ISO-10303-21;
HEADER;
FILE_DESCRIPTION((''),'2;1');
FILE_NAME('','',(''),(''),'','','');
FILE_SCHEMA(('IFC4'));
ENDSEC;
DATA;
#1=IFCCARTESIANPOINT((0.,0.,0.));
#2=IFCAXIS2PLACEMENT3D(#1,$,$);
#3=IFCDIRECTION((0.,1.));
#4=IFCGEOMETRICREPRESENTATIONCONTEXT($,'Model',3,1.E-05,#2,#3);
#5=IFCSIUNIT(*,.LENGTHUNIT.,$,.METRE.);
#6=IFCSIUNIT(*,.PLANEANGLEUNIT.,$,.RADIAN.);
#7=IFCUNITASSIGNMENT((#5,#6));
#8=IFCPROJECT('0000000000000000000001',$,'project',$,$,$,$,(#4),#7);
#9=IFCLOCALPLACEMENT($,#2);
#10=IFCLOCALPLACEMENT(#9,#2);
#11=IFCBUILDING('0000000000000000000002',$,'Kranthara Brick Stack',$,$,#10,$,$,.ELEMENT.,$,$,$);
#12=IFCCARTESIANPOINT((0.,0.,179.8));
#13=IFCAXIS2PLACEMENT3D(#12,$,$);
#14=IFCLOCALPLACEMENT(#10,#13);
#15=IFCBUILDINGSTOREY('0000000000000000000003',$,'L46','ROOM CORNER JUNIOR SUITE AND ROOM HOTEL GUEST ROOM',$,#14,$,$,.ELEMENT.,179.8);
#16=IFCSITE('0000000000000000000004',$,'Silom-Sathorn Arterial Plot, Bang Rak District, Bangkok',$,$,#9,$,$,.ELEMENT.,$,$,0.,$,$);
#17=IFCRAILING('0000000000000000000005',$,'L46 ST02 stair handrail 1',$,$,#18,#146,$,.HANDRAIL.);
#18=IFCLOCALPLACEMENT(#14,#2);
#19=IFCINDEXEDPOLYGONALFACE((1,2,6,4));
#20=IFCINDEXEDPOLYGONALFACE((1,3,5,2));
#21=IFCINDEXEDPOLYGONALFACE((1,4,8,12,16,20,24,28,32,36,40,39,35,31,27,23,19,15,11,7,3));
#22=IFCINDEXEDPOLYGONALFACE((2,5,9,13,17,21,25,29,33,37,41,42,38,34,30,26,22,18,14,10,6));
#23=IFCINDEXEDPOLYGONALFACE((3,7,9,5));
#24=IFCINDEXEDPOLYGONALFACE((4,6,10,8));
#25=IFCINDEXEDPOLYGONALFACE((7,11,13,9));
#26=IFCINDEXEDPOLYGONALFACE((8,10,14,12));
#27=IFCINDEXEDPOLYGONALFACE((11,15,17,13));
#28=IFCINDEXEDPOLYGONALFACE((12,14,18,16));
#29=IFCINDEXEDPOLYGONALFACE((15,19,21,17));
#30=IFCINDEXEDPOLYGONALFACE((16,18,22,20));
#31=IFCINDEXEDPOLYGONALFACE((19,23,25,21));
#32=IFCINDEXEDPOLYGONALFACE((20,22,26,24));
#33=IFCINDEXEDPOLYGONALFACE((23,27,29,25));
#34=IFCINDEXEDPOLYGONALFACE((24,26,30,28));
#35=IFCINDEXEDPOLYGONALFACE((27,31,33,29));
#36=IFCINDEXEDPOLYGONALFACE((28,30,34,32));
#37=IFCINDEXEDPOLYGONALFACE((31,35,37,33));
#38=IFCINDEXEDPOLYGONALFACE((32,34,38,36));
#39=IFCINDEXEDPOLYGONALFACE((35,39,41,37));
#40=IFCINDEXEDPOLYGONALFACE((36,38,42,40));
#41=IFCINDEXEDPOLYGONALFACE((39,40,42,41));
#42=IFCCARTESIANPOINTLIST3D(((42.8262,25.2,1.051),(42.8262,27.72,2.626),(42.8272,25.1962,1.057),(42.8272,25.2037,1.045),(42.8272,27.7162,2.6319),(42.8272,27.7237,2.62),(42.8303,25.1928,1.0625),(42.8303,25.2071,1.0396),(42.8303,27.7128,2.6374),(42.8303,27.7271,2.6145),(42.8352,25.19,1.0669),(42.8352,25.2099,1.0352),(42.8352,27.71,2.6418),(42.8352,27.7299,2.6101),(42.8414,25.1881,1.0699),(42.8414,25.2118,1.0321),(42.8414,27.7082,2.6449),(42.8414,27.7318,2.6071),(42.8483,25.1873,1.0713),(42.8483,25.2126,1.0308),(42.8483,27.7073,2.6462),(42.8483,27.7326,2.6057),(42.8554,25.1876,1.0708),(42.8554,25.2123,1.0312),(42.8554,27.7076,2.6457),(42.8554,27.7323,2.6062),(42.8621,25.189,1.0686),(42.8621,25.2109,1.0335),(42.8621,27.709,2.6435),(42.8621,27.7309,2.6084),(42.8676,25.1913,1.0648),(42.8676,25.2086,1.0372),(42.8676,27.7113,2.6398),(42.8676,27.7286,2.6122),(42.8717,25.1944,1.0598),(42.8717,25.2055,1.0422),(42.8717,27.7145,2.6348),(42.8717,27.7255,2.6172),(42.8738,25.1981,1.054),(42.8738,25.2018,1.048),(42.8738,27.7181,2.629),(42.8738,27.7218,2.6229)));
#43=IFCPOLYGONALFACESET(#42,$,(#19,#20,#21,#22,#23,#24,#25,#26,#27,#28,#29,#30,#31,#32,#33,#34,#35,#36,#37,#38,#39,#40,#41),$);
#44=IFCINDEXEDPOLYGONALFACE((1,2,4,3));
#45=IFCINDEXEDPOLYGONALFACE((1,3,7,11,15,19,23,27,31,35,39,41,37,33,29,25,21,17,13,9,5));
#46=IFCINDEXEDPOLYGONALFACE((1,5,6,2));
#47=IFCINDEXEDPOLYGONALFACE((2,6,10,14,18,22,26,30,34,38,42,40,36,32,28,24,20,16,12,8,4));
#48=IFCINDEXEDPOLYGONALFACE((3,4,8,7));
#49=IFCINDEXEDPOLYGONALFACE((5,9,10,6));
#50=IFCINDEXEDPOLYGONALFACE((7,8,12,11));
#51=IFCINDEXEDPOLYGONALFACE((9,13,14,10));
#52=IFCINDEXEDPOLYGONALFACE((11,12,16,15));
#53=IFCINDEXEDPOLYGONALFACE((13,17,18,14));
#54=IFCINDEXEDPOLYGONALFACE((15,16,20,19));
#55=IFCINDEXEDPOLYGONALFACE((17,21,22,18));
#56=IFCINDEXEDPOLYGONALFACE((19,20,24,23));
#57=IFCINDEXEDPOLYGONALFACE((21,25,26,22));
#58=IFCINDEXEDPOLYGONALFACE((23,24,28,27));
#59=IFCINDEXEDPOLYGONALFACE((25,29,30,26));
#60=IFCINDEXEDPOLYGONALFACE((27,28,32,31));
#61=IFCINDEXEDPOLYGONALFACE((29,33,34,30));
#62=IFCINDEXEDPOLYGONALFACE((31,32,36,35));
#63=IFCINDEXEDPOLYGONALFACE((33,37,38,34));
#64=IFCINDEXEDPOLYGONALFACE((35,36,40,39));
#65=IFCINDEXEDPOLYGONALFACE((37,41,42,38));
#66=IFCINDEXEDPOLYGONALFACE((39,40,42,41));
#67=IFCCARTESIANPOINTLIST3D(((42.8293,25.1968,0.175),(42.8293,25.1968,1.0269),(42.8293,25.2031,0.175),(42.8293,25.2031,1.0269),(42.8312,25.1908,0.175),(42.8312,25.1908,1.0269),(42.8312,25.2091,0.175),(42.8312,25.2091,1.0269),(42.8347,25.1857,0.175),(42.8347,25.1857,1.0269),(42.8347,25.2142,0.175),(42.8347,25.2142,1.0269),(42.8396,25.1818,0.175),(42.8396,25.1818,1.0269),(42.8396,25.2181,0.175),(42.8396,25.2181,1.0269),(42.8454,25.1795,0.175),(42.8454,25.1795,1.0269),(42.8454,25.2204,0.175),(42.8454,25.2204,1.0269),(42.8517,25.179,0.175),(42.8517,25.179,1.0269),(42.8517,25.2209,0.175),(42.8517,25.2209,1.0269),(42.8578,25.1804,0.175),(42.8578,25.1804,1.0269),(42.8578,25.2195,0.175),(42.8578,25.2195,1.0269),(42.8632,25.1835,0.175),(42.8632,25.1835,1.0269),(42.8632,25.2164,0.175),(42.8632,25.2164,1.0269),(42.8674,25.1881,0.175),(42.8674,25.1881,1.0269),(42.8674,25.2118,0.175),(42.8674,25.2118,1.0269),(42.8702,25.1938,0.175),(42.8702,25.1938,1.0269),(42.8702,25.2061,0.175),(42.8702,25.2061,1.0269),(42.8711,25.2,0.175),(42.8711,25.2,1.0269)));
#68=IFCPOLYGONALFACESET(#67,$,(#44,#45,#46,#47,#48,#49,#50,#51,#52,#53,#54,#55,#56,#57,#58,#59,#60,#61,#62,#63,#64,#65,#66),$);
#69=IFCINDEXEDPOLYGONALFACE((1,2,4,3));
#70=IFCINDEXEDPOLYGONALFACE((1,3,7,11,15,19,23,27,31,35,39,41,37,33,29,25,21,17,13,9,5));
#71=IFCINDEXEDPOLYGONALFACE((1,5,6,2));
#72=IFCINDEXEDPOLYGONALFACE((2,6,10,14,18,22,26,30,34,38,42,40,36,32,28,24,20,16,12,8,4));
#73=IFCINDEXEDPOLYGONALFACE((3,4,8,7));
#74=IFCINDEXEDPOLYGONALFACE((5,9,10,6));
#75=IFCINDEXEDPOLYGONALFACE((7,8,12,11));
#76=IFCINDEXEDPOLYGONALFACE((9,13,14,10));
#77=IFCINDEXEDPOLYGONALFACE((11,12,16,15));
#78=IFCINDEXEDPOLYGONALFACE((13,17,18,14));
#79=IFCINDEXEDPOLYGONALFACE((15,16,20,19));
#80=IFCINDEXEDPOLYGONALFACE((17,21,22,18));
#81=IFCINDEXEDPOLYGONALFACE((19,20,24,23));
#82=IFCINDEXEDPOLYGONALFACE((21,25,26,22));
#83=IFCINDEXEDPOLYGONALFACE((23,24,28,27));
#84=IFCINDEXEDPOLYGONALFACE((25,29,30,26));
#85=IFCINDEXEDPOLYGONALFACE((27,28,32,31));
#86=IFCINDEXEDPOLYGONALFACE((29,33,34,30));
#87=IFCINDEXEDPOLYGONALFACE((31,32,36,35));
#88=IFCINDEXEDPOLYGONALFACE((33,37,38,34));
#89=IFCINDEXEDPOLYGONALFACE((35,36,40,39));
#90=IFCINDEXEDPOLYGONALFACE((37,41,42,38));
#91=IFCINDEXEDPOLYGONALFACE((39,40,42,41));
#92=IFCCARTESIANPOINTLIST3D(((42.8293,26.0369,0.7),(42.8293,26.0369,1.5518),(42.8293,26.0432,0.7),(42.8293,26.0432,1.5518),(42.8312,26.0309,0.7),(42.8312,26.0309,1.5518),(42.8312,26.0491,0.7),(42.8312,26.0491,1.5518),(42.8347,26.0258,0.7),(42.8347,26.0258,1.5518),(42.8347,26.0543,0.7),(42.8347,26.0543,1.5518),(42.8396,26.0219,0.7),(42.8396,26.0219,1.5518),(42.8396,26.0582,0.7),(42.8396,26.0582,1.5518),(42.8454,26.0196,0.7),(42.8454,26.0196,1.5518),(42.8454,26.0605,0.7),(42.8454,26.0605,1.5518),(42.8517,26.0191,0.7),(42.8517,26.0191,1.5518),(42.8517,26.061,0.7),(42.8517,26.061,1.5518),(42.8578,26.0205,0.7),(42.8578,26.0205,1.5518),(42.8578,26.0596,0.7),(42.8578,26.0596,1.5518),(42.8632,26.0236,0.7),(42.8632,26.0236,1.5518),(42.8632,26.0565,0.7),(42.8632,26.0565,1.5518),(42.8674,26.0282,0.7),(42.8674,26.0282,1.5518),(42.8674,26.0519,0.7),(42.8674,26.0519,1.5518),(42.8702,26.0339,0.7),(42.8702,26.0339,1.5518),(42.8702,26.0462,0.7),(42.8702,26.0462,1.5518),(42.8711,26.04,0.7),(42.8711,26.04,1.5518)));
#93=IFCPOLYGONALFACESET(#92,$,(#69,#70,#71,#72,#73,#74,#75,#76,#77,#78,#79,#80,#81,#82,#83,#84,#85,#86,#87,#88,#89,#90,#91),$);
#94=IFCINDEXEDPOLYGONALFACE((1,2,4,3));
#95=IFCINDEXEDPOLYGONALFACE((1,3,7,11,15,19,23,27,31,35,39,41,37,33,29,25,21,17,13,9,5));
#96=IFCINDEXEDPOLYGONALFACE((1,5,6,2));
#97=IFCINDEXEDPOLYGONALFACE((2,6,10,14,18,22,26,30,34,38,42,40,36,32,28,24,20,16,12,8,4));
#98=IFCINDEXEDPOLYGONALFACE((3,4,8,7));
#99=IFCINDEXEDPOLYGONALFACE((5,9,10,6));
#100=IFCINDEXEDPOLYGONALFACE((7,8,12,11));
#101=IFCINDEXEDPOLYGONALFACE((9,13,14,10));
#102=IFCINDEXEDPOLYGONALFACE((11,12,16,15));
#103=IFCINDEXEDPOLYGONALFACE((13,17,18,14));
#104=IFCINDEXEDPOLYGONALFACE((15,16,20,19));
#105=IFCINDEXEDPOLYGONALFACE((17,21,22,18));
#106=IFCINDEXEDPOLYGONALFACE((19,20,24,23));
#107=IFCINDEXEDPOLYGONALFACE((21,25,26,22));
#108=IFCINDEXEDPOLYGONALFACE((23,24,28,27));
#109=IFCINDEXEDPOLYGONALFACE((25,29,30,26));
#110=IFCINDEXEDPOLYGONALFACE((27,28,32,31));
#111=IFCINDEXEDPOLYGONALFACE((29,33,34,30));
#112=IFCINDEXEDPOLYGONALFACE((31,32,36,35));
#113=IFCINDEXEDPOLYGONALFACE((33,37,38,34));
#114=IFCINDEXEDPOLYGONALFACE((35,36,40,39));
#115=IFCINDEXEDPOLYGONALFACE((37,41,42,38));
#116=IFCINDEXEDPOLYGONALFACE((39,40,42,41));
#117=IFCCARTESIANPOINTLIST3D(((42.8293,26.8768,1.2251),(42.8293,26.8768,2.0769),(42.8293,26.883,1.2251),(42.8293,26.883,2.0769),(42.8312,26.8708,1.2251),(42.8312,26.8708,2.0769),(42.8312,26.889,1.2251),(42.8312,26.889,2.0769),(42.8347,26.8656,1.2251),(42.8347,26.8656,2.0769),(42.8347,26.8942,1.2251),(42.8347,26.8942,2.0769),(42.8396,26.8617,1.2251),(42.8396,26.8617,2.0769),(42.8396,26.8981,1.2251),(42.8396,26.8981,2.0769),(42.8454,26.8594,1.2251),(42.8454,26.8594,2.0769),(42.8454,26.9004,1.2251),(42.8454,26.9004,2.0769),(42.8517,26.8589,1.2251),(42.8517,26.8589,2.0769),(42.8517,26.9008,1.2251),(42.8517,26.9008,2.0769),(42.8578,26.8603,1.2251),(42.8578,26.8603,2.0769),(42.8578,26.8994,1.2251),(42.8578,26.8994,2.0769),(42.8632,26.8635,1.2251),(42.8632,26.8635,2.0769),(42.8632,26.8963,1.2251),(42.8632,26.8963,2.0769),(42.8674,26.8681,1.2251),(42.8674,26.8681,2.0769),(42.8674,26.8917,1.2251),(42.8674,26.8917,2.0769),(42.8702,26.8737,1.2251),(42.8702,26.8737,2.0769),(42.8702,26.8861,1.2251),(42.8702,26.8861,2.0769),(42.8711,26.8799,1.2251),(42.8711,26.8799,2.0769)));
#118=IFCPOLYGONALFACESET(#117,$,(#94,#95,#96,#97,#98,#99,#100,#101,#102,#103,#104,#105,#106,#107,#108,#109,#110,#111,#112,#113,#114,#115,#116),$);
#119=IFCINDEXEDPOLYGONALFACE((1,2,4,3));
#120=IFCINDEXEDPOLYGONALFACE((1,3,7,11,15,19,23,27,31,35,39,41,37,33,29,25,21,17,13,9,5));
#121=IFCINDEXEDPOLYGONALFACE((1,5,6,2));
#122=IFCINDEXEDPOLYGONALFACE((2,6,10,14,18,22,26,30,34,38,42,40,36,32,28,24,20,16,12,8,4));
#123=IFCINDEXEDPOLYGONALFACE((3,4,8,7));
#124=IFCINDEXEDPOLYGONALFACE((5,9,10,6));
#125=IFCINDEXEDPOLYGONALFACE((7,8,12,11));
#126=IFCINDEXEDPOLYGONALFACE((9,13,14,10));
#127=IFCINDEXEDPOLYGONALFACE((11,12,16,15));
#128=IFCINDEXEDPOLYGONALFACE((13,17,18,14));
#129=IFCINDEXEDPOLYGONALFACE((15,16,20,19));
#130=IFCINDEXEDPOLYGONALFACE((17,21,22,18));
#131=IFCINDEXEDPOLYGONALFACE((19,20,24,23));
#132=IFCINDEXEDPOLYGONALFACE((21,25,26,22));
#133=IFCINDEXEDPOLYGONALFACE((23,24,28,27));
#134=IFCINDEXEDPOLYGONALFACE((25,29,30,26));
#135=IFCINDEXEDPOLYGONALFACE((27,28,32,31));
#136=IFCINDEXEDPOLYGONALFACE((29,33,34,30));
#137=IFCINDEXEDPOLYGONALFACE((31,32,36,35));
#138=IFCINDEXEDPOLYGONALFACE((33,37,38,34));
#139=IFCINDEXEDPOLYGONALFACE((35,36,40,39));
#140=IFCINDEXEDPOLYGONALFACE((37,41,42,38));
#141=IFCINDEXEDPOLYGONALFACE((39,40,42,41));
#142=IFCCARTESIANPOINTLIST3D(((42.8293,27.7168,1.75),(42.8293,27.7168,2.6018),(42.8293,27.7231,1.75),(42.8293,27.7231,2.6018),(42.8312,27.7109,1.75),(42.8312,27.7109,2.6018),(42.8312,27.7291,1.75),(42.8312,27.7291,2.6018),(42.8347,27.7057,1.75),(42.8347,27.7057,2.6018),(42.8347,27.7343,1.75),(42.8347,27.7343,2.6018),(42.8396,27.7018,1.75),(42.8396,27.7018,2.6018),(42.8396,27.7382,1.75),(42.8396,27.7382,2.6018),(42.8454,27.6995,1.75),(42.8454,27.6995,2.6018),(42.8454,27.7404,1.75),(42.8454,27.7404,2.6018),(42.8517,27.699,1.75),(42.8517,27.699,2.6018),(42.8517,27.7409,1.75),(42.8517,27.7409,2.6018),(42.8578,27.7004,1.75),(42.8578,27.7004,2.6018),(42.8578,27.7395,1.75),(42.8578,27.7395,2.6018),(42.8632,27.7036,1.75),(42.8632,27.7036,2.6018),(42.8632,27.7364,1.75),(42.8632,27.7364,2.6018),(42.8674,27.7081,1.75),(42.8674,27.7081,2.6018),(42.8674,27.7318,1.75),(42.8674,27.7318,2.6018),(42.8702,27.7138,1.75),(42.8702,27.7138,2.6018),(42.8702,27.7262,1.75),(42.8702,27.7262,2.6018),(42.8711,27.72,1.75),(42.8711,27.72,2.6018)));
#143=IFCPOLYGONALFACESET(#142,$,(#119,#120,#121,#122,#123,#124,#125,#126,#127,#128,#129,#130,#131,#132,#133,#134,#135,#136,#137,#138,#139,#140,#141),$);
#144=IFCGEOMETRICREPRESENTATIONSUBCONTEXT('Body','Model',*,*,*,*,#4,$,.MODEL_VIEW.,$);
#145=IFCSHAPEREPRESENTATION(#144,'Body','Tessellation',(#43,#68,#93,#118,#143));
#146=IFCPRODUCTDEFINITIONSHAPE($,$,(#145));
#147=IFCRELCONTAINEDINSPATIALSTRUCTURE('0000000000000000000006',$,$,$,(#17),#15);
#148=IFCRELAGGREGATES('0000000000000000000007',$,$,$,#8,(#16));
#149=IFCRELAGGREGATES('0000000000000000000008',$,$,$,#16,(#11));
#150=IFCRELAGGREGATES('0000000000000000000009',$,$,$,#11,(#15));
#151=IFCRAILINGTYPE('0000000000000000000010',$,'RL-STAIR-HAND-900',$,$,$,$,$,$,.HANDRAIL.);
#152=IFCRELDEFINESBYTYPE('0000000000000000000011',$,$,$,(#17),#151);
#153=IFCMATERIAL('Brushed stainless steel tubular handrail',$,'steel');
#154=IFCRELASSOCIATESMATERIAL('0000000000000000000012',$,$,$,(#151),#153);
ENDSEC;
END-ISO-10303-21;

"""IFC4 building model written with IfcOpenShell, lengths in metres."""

from ifc_helpers import new_model, si_unit, direction, frame, origin, origin_2d, place, context, subcontext, project, spatial, circle, extrude, material, type_object, element, save


model = new_model("IFC4")

# Units and contexts
model_context = context("Model", 3, precision=1e-05, world=origin(), true_north=direction((0.0, 1.0)))
body_context = subcontext(model_context, "Body", "Model", "MODEL_VIEW")
ifc_project = project(units=[si_unit("LENGTHUNIT", "METRE"), si_unit("PLANEANGLEUNIT", "RADIAN")], contexts=[model_context])

# Site, building, storey
site_placement = place(None, origin())
site = spatial("IfcSite", under=ifc_project, at=site_placement, Name="Silom-Sathorn Arterial Plot, Bang Rak District, Bangkok", CompositionType="ELEMENT", RefElevation=0.0)
building_placement = place(site_placement, origin())
building = spatial("IfcBuilding", under=site, at=building_placement, Name="Kranthara Brick Stack", CompositionType="ELEMENT")
storey_placement = place(building_placement, frame((0.0, 0.0, 179.8)))
storey = spatial("IfcBuildingStorey", under=building, at=storey_placement, Name="L46", Description="ROOM CORNER JUNIOR SUITE AND ROOM HOTEL GUEST ROOM", CompositionType="ELEMENT", Elevation=179.8)

# Railing
ifc_material_1 = material(Name="Brushed stainless steel tubular handrail", Category="steel")
railing_type_1 = type_object("IfcRailingType", Name="RL-STAIR-HAND-900", PredefinedType="HANDRAIL", material=ifc_material_1)
railing_1_placement = place(storey_placement, frame((42.8501, 25.2, 0.175)))
element("IfcRailing", 1, at=railing_1_placement, inside=storey, type_object=railing_type_1, Name="L46 ST02 stair handrail 1", PredefinedType="HANDRAIL", context=body_context, shape_type="SweptSolid", body=[
    extrude(circle(Radius=0.0239, at=origin_2d()), frame((0.0, 0.0, 0.876), z_axis=(0.0, 0.848008, 0.529984), x_axis=(-1.0, 0.0, 0.0)), (0.0, 0.0, 1.0), 2.9717),
    extrude(circle(Radius=0.021, at=origin_2d()), origin(), (0.0, 0.0, 1.0), 0.8518),
    extrude(circle(Radius=0.021, at=origin_2d()), frame((0.0, 0.8401, 0.5249)), (0.0, 0.0, 1.0), 0.8518),
    extrude(circle(Radius=0.021, at=origin_2d()), frame((0.0, 1.6799, 1.05)), (0.0, 0.0, 1.0), 0.8518),
    extrude(circle(Radius=0.021, at=origin_2d()), frame((0.0, 2.52, 1.575)), (0.0, 0.0, 1.0), 0.8518),
])

save(model, "model.ifc")
